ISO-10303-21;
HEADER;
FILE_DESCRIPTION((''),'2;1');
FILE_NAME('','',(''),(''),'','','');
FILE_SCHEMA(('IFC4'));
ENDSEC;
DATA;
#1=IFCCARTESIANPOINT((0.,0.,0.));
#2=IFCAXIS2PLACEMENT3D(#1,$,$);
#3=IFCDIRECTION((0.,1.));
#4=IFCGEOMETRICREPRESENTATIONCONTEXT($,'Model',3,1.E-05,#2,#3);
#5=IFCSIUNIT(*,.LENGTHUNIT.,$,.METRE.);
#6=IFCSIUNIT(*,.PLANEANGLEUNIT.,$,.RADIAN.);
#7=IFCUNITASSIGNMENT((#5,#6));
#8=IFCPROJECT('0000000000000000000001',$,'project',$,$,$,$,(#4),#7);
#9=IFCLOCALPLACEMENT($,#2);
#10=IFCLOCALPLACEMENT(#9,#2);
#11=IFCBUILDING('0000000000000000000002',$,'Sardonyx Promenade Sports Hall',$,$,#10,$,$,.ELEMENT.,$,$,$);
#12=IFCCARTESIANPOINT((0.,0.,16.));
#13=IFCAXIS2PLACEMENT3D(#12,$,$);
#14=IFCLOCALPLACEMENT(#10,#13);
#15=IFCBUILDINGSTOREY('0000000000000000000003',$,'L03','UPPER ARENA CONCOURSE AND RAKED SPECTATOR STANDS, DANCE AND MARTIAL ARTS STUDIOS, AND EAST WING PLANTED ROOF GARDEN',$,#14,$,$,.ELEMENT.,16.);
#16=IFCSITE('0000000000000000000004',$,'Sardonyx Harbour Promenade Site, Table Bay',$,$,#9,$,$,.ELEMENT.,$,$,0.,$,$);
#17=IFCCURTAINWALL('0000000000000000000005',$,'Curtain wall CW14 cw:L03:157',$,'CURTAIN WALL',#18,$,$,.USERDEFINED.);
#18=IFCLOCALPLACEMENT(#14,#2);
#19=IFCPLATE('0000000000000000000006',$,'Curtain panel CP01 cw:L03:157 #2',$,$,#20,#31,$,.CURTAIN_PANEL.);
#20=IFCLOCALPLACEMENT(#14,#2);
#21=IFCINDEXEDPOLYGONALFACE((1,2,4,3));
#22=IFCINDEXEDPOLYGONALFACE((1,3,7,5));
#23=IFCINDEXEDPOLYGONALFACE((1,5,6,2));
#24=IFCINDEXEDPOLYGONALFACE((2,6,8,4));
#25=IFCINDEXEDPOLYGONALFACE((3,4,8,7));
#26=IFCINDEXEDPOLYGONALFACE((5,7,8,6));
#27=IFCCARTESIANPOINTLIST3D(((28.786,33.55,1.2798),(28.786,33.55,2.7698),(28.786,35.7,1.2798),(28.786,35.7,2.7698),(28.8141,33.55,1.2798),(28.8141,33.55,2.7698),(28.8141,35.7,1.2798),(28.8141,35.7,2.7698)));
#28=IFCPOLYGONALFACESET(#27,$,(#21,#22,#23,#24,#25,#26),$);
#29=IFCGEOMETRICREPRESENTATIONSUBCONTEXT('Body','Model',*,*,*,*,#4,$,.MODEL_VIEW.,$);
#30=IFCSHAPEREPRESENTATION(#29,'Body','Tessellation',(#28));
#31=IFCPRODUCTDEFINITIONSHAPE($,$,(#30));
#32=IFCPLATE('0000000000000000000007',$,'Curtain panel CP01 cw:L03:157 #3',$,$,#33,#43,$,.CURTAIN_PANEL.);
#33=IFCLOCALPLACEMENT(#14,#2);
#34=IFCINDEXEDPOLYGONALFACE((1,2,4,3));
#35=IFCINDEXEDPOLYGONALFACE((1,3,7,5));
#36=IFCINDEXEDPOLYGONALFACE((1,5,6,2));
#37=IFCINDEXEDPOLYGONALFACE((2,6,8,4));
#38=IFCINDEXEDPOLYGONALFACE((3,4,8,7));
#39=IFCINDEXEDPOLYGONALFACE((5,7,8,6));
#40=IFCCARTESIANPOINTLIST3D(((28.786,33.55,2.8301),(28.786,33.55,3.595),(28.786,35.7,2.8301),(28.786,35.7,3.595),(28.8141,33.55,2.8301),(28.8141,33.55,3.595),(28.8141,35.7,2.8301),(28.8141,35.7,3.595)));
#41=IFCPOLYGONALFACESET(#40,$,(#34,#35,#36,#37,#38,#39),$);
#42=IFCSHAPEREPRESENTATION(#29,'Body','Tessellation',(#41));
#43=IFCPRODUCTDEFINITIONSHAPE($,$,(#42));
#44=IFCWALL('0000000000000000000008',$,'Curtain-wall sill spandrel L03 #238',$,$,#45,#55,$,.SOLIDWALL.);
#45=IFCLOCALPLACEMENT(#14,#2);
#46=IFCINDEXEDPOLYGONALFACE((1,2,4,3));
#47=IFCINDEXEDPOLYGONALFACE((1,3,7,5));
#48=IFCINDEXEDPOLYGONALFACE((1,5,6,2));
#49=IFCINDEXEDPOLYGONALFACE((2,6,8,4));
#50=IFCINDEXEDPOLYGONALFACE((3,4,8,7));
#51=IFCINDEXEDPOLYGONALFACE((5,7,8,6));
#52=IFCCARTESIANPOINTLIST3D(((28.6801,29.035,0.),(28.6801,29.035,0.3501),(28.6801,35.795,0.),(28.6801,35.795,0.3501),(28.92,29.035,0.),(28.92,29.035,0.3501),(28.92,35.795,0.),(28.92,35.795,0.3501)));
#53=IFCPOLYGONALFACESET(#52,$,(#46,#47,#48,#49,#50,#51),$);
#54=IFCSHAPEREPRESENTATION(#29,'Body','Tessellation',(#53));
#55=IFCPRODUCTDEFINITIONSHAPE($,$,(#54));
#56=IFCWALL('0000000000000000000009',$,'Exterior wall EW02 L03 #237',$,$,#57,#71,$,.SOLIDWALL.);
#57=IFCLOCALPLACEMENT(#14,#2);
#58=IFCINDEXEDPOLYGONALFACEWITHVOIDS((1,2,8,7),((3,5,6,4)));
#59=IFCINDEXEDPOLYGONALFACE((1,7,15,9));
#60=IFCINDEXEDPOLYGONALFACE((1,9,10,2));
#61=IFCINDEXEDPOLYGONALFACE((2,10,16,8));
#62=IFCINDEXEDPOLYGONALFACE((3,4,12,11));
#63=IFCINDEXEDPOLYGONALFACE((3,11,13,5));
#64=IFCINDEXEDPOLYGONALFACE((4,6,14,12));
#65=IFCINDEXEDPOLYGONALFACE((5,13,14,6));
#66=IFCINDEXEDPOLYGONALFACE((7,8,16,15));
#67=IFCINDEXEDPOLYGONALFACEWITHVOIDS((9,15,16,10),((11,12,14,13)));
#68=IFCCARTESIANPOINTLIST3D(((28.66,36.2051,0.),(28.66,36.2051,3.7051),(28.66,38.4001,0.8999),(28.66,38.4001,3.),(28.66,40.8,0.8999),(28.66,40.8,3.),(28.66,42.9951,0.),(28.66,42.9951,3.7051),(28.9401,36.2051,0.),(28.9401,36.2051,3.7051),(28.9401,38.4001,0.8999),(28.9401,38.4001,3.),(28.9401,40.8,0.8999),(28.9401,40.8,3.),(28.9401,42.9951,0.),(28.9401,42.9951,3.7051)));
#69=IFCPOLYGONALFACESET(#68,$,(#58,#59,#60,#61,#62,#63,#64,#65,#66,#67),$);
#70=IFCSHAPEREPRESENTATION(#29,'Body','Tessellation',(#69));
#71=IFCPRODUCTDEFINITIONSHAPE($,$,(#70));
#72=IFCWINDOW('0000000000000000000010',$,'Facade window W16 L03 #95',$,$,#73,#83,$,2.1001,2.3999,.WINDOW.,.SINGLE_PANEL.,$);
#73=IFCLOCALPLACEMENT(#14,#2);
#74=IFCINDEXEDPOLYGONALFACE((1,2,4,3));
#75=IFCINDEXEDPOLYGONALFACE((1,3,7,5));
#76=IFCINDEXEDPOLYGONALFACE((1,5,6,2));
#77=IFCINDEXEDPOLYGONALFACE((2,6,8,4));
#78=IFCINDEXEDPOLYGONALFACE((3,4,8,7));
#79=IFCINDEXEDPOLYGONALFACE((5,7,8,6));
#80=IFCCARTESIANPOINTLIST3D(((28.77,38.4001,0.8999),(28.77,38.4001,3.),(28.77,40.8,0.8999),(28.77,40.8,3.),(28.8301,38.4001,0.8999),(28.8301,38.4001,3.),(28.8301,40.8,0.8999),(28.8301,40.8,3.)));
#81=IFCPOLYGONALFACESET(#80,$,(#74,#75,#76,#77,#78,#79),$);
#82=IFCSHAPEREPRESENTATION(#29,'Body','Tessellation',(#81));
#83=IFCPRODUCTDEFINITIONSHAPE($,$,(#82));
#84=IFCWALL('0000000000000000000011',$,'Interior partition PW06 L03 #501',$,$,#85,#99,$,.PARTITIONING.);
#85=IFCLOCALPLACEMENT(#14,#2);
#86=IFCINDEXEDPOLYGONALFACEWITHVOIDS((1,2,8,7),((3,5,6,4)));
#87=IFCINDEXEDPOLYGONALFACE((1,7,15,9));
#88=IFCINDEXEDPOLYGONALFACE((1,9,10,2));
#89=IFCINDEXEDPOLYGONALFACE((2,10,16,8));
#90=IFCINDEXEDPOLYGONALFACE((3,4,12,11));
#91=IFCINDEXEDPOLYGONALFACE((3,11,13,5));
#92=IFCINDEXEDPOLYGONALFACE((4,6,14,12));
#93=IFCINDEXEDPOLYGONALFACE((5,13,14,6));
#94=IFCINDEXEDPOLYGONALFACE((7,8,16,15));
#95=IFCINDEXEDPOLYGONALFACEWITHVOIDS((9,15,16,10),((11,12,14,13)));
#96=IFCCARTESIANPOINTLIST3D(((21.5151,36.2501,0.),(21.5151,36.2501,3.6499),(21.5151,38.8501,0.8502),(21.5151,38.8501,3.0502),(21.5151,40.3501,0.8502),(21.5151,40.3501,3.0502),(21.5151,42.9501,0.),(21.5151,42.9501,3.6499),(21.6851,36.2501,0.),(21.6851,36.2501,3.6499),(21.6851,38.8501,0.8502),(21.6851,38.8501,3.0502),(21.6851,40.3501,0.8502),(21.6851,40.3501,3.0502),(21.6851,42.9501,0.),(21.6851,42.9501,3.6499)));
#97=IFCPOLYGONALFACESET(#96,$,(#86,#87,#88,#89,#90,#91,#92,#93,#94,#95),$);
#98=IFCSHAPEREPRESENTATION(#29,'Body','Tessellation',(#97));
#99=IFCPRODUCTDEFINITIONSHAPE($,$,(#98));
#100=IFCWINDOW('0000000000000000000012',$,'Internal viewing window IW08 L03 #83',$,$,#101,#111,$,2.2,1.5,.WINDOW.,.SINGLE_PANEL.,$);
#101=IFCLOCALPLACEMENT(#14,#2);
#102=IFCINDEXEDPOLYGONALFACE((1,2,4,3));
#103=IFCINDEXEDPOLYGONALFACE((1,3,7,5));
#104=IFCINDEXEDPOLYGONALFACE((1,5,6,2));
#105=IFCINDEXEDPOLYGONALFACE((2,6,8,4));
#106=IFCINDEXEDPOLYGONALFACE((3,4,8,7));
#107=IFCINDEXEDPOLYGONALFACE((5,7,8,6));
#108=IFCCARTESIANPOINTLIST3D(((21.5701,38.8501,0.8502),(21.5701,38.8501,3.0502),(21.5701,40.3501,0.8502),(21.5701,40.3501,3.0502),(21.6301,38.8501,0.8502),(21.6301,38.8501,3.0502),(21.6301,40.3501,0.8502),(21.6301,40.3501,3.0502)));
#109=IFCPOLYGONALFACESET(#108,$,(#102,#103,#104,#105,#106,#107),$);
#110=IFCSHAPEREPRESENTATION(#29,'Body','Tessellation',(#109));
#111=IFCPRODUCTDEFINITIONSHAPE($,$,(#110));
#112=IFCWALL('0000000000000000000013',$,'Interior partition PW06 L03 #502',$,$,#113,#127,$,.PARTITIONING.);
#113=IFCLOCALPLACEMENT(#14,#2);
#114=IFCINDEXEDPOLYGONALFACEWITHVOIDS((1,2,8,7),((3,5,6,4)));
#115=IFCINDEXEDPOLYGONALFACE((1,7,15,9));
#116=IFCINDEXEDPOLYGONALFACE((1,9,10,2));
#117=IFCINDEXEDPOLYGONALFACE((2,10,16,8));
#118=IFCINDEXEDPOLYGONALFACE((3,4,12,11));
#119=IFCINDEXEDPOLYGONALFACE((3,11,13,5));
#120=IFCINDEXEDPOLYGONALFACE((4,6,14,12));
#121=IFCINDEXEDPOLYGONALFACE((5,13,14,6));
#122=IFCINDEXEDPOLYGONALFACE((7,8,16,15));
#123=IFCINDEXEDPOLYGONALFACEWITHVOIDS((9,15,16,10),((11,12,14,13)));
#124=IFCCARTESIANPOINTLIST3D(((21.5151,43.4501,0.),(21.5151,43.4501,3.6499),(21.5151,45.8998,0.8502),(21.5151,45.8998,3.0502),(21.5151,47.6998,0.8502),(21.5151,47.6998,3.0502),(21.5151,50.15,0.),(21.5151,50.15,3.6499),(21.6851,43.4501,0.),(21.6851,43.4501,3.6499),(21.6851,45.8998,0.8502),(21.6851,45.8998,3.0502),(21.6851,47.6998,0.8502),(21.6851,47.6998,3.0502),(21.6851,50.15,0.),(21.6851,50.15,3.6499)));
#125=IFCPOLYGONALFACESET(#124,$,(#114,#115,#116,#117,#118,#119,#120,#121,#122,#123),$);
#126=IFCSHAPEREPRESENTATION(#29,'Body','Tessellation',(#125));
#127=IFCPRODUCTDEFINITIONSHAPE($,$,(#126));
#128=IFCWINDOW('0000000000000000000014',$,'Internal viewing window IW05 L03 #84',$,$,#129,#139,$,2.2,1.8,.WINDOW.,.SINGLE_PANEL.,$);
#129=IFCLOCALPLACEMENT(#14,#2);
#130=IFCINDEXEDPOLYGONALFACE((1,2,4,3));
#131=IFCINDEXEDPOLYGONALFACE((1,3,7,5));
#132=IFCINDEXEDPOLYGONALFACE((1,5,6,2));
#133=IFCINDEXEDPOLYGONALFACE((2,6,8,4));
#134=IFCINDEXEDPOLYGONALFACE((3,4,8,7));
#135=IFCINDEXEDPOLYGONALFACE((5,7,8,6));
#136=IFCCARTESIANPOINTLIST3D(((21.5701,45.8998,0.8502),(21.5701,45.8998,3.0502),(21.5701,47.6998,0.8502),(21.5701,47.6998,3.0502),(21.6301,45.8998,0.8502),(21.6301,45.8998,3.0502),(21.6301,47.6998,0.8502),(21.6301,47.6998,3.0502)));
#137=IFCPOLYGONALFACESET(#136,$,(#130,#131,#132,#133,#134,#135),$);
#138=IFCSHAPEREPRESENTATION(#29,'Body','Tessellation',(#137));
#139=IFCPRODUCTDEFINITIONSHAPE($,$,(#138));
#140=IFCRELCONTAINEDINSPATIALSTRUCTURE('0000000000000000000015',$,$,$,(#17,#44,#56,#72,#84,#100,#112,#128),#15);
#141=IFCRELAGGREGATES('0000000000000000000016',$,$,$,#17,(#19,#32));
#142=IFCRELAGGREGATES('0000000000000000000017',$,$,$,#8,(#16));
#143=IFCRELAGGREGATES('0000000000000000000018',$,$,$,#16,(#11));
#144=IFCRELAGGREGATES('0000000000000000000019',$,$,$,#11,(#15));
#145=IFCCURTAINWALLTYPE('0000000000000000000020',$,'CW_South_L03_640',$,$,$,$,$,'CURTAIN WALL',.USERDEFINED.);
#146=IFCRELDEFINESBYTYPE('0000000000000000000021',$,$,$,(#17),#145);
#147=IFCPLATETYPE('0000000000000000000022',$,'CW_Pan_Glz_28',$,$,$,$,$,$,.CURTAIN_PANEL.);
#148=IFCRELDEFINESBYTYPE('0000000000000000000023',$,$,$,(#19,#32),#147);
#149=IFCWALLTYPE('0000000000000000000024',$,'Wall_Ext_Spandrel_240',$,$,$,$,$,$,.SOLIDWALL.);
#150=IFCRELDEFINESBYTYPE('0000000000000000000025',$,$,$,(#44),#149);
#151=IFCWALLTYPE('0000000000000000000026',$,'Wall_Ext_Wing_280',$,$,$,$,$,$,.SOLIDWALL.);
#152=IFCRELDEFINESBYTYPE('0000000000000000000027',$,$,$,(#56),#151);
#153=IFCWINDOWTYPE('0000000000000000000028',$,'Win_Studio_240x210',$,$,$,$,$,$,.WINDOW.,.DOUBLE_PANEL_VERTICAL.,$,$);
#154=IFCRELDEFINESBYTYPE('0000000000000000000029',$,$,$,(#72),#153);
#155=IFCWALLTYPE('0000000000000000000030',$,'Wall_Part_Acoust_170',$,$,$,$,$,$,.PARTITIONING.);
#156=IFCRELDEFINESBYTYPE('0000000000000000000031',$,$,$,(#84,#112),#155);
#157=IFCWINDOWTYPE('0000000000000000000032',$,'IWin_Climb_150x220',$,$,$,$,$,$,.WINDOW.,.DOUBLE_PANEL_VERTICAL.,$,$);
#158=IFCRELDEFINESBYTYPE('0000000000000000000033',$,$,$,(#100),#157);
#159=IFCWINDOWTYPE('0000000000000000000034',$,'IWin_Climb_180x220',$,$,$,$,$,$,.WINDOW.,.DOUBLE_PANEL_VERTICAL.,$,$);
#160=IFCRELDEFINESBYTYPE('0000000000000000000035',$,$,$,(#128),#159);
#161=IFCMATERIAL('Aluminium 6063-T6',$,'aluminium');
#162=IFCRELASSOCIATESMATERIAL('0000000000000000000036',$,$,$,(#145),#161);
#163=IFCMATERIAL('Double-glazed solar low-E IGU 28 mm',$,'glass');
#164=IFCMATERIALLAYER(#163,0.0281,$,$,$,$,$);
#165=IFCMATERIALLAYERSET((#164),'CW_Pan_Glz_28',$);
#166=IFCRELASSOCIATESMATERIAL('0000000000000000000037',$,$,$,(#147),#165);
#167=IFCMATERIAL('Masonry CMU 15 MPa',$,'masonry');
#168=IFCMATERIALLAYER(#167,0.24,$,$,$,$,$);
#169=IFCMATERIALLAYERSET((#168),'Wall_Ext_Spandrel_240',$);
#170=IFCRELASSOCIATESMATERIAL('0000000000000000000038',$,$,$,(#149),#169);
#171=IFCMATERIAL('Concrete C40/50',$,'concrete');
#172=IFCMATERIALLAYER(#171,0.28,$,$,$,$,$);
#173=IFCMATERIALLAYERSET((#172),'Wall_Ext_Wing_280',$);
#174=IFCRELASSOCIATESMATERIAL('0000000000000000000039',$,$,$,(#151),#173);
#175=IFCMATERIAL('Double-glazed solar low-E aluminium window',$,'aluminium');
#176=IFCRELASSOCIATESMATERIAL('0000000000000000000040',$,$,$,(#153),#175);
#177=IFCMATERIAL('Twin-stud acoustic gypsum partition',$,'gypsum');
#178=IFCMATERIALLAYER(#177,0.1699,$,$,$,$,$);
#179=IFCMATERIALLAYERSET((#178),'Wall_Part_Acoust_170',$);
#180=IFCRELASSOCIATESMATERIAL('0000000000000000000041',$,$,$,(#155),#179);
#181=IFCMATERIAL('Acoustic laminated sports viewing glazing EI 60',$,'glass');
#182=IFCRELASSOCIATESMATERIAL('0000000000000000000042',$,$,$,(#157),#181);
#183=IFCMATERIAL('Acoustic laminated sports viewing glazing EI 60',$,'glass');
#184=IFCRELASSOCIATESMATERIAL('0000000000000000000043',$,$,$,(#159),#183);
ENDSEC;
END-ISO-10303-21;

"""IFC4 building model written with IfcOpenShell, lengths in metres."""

from ifc_helpers import new_model, si_unit, direction, frame, frame_2d, origin, origin_2d, place, context, subcontext, project, spatial, rectangle, extrude, material, layer, layer_set, type_object, element, fill, aggregate, save


model = new_model("IFC4")

# Units and contexts
model_context = context("Model", 3, precision=1e-05, world=origin(), true_north=direction((0.0, 1.0)))
body_context = subcontext(model_context, "Body", "Model", "MODEL_VIEW")
ifc_project = project(units=[si_unit("LENGTHUNIT", "METRE"), si_unit("PLANEANGLEUNIT", "RADIAN")], contexts=[model_context])

# Site, building, storey
site_placement = place(None, origin())
site = spatial("IfcSite", under=ifc_project, at=site_placement, Name="Sardonyx Harbour Promenade Site, Table Bay", CompositionType="ELEMENT", RefElevation=0.0)
building_placement = place(site_placement, origin())
building = spatial("IfcBuilding", under=site, at=building_placement, Name="Sardonyx Promenade Sports Hall", CompositionType="ELEMENT")
storey_placement = place(building_placement, frame((0.0, 0.0, 16.0)))
storey = spatial("IfcBuildingStorey", under=building, at=storey_placement, Name="L03", Description="UPPER ARENA CONCOURSE AND RAKED SPECTATOR STANDS, DANCE AND MARTIAL ARTS STUDIOS, AND EAST WING PLANTED ROOF GARDEN", CompositionType="ELEMENT", Elevation=16.0)

# Curtain wall
ifc_material_1 = material(Name="Aluminium 6063-T6", Category="aluminium")
curtain_wall_type = type_object("IfcCurtainWallType", Name="CW_South_L03_640", ElementType="CURTAIN WALL", PredefinedType="USERDEFINED", material=ifc_material_1)
curtain_wall_1_placement = place(storey_placement, origin())
curtain_wall_1 = element("IfcCurtainWall", 1, at=curtain_wall_1_placement, inside=storey, type_object=curtain_wall_type, Name="Curtain wall CW14 cw:L03:157", ObjectType="CURTAIN WALL", PredefinedType="USERDEFINED")

# Plates
ifc_material_2 = material(Name="Double-glazed solar low-E IGU 28 mm", Category="glass")
ifc_layer_1 = layer(ifc_material_2, 0.0281)
ifc_layer_set_1 = layer_set([ifc_layer_1], Name="CW_Pan_Glz_28")
plate_type = type_object("IfcPlateType", Name="CW_Pan_Glz_28", PredefinedType="CURTAIN_PANEL", material=ifc_layer_set_1)
plate_1_placement = place(storey_placement, frame((28.8, 34.625, 1.2798), z_axis=(0.0, 0.0, 1.0), x_axis=(0.0, -1.0, 0.0)))
plate_1 = element("IfcPlate", 2, at=plate_1_placement, type_object=plate_type, Name="Curtain panel CP01 cw:L03:157 #2", PredefinedType="CURTAIN_PANEL", context=body_context, shape_type="SweptSolid", body=[
    extrude(rectangle(XDim=2.1499, YDim=0.0281, at=origin_2d()), origin(), (0.0, 0.0, 1.0), 1.49),
])
plate_2_placement = place(storey_placement, frame((28.8, 34.625, 2.8301), z_axis=(0.0, 0.0, 1.0), x_axis=(0.0, -1.0, 0.0)))
plate_2 = element("IfcPlate", 3, at=plate_2_placement, type_object=plate_type, Name="Curtain panel CP01 cw:L03:157 #3", PredefinedType="CURTAIN_PANEL", context=body_context, shape_type="SweptSolid", body=[
    extrude(rectangle(XDim=2.1499, YDim=0.0281, at=origin_2d()), origin(), (0.0, 0.0, 1.0), 0.7649),
])
aggregate(curtain_wall_1, [plate_1, plate_2])

# Wall
ifc_material_3 = material(Name="Masonry CMU 15 MPa", Category="masonry")
ifc_layer_2 = layer(ifc_material_3, 0.24)
ifc_layer_set_2 = layer_set([ifc_layer_2], Name="Wall_Ext_Spandrel_240")
wall_type_1 = type_object("IfcWallType", Name="Wall_Ext_Spandrel_240", PredefinedType="SOLIDWALL", material=ifc_layer_set_2)
wall_1_placement = place(storey_placement, frame((28.8, 35.7949, 0.0), z_axis=(0.0, 0.0, 1.0), x_axis=(0.0, -1.0, 0.0)))
element("IfcWall", 4, at=wall_1_placement, inside=storey, type_object=wall_type_1, Name="Curtain-wall sill spandrel L03 #238", PredefinedType="SOLIDWALL", context=body_context, shape_type="SweptSolid", body=[
    extrude(rectangle(XDim=6.76, YDim=0.24, at=frame_2d((3.3799, 0.0))), origin(), (0.0, 0.0, 1.0), 0.3501),
])

# Walls, openings, windows
ifc_material_4 = material(Name="Concrete C40/50", Category="concrete")
ifc_layer_3 = layer(ifc_material_4, 0.28)
ifc_layer_set_3 = layer_set([ifc_layer_3], Name="Wall_Ext_Wing_280")
wall_type_2 = type_object("IfcWallType", Name="Wall_Ext_Wing_280", PredefinedType="SOLIDWALL", material=ifc_layer_set_3)
wall_2_placement = place(storey_placement, frame((28.8, 42.9951, 0.0), z_axis=(0.0, 0.0, 1.0), x_axis=(0.0, -1.0, 0.0)))
wall_2 = element("IfcWall", 5, at=wall_2_placement, inside=storey, type_object=wall_type_2, Name="Exterior wall EW02 L03 #237", PredefinedType="SOLIDWALL", context=body_context, shape_type="SweptSolid", body=[
    extrude(rectangle(XDim=6.79, YDim=0.28, at=frame_2d((3.395, 0.0))), origin(), (0.0, 0.0, 1.0), 3.7051),
])
opening_1_placement = place(wall_2_placement, frame((2.1951, 0.0, 0.8999)))
opening_1 = element("IfcOpeningElement", 6, at=opening_1_placement, cuts=wall_2, PredefinedType="OPENING", context=body_context, shape_type="SweptSolid", body=[
    extrude(rectangle(XDim=2.3999, YDim=2.1001, at=frame_2d((1.2, 1.05))), frame((0.0, 0.15, 0.0), z_axis=(0.0, -1.0, 0.0), x_axis=(1.0, 0.0, 0.0)), (0.0, 0.0, 1.0), 0.3),
])
ifc_material_5 = material(Name="Double-glazed solar low-E aluminium window", Category="aluminium")
window_type_1 = type_object("IfcWindowType", Name="Win_Studio_240x210", PartitioningType="DOUBLE_PANEL_VERTICAL", PredefinedType="WINDOW", material=ifc_material_5)
window_1_placement = place(opening_1_placement, origin())
window_1 = element("IfcWindow", 7, at=window_1_placement, inside=storey, type_object=window_type_1, Name="Facade window W16 L03 #95", OverallHeight=2.1001, OverallWidth=2.3999, PartitioningType="SINGLE_PANEL", PredefinedType="WINDOW", context=body_context, shape_type="SweptSolid", body=[
    extrude(rectangle(XDim=2.3999, YDim=2.1001, at=frame_2d((1.2, 1.05))), frame((0.0, 0.03, 0.0), z_axis=(0.0, -1.0, 0.0), x_axis=(1.0, 0.0, 0.0)), (0.0, 0.0, 1.0), 0.0601),
])
fill(opening_1, window_1)
ifc_material_6 = material(Name="Twin-stud acoustic gypsum partition", Category="gypsum")
ifc_layer_4 = layer(ifc_material_6, 0.1699)
ifc_layer_set_4 = layer_set([ifc_layer_4], Name="Wall_Part_Acoust_170")
wall_type_3 = type_object("IfcWallType", Name="Wall_Part_Acoust_170", PredefinedType="PARTITIONING", material=ifc_layer_set_4)
wall_3_placement = place(storey_placement, frame((21.6001, 36.25, 0.0), z_axis=(0.0, 0.0, 1.0), x_axis=(0.0, 1.0, 0.0)))
wall_3 = element("IfcWall", 8, at=wall_3_placement, inside=storey, type_object=wall_type_3, Name="Interior partition PW06 L03 #501", PredefinedType="PARTITIONING", context=body_context, shape_type="SweptSolid", body=[
    extrude(rectangle(XDim=6.7, YDim=0.1699, at=frame_2d((3.3501, 0.0))), origin(), (0.0, 0.0, 1.0), 3.6499),
])
opening_2_placement = place(wall_3_placement, frame((2.6001, 0.0, 0.8501)))
opening_2 = element("IfcOpeningElement", 9, at=opening_2_placement, cuts=wall_3, PredefinedType="OPENING", context=body_context, shape_type="SweptSolid", body=[
    extrude(rectangle(XDim=1.5, YDim=2.2, at=frame_2d((0.75, 1.1001))), frame((0.0, 0.095, 0.0), z_axis=(0.0, -1.0, 0.0), x_axis=(1.0, 0.0, 0.0)), (0.0, 0.0, 1.0), 0.19),
])
ifc_material_7 = material(Name="Acoustic laminated sports viewing glazing EI 60", Category="glass")
window_type_2 = type_object("IfcWindowType", Name="IWin_Climb_150x220", PartitioningType="DOUBLE_PANEL_VERTICAL", PredefinedType="WINDOW", material=ifc_material_7)
window_2_placement = place(opening_2_placement, origin())
window_2 = element("IfcWindow", 10, at=window_2_placement, inside=storey, type_object=window_type_2, Name="Internal viewing window IW08 L03 #83", OverallHeight=2.2, OverallWidth=1.5, PartitioningType="SINGLE_PANEL", PredefinedType="WINDOW", context=body_context, shape_type="SweptSolid", body=[
    extrude(rectangle(XDim=1.5, YDim=2.2, at=frame_2d((0.75, 1.1001))), frame((0.0, 0.03, 0.0), z_axis=(0.0, -1.0, 0.0), x_axis=(1.0, 0.0, 0.0)), (0.0, 0.0, 1.0), 0.0601),
])
fill(opening_2, window_2)
wall_4_placement = place(storey_placement, frame((21.6001, 43.45, 0.0), z_axis=(0.0, 0.0, 1.0), x_axis=(0.0, 1.0, 0.0)))
wall_4 = element("IfcWall", 11, at=wall_4_placement, inside=storey, type_object=wall_type_3, Name="Interior partition PW06 L03 #502", PredefinedType="PARTITIONING", context=body_context, shape_type="SweptSolid", body=[
    extrude(rectangle(XDim=6.7, YDim=0.1699, at=frame_2d((3.3501, 0.0))), origin(), (0.0, 0.0, 1.0), 3.6499),
])
opening_3_placement = place(wall_4_placement, frame((2.45, 0.0, 0.8501)))
opening_3 = element("IfcOpeningElement", 12, at=opening_3_placement, cuts=wall_4, PredefinedType="OPENING", context=body_context, shape_type="SweptSolid", body=[
    extrude(rectangle(XDim=1.8, YDim=2.2, at=frame_2d((0.8999, 1.1001))), frame((0.0, 0.095, 0.0), z_axis=(0.0, -1.0, 0.0), x_axis=(1.0, 0.0, 0.0)), (0.0, 0.0, 1.0), 0.19),
])
ifc_material_8 = material(Name="Acoustic laminated sports viewing glazing EI 60", Category="glass")
window_type_3 = type_object("IfcWindowType", Name="IWin_Climb_180x220", PartitioningType="DOUBLE_PANEL_VERTICAL", PredefinedType="WINDOW", material=ifc_material_8)
window_3_placement = place(opening_3_placement, origin())
window_3 = element("IfcWindow", 13, at=window_3_placement, inside=storey, type_object=window_type_3, Name="Internal viewing window IW05 L03 #84", OverallHeight=2.2, OverallWidth=1.8, PartitioningType="SINGLE_PANEL", PredefinedType="WINDOW", context=body_context, shape_type="SweptSolid", body=[
    extrude(rectangle(XDim=1.8, YDim=2.2, at=frame_2d((0.8999, 1.1001))), frame((0.0, 0.03, 0.0), z_axis=(0.0, -1.0, 0.0), x_axis=(1.0, 0.0, 0.0)), (0.0, 0.0, 1.0), 0.0601),
])
fill(opening_3, window_3)

save(model, "model.ifc")
